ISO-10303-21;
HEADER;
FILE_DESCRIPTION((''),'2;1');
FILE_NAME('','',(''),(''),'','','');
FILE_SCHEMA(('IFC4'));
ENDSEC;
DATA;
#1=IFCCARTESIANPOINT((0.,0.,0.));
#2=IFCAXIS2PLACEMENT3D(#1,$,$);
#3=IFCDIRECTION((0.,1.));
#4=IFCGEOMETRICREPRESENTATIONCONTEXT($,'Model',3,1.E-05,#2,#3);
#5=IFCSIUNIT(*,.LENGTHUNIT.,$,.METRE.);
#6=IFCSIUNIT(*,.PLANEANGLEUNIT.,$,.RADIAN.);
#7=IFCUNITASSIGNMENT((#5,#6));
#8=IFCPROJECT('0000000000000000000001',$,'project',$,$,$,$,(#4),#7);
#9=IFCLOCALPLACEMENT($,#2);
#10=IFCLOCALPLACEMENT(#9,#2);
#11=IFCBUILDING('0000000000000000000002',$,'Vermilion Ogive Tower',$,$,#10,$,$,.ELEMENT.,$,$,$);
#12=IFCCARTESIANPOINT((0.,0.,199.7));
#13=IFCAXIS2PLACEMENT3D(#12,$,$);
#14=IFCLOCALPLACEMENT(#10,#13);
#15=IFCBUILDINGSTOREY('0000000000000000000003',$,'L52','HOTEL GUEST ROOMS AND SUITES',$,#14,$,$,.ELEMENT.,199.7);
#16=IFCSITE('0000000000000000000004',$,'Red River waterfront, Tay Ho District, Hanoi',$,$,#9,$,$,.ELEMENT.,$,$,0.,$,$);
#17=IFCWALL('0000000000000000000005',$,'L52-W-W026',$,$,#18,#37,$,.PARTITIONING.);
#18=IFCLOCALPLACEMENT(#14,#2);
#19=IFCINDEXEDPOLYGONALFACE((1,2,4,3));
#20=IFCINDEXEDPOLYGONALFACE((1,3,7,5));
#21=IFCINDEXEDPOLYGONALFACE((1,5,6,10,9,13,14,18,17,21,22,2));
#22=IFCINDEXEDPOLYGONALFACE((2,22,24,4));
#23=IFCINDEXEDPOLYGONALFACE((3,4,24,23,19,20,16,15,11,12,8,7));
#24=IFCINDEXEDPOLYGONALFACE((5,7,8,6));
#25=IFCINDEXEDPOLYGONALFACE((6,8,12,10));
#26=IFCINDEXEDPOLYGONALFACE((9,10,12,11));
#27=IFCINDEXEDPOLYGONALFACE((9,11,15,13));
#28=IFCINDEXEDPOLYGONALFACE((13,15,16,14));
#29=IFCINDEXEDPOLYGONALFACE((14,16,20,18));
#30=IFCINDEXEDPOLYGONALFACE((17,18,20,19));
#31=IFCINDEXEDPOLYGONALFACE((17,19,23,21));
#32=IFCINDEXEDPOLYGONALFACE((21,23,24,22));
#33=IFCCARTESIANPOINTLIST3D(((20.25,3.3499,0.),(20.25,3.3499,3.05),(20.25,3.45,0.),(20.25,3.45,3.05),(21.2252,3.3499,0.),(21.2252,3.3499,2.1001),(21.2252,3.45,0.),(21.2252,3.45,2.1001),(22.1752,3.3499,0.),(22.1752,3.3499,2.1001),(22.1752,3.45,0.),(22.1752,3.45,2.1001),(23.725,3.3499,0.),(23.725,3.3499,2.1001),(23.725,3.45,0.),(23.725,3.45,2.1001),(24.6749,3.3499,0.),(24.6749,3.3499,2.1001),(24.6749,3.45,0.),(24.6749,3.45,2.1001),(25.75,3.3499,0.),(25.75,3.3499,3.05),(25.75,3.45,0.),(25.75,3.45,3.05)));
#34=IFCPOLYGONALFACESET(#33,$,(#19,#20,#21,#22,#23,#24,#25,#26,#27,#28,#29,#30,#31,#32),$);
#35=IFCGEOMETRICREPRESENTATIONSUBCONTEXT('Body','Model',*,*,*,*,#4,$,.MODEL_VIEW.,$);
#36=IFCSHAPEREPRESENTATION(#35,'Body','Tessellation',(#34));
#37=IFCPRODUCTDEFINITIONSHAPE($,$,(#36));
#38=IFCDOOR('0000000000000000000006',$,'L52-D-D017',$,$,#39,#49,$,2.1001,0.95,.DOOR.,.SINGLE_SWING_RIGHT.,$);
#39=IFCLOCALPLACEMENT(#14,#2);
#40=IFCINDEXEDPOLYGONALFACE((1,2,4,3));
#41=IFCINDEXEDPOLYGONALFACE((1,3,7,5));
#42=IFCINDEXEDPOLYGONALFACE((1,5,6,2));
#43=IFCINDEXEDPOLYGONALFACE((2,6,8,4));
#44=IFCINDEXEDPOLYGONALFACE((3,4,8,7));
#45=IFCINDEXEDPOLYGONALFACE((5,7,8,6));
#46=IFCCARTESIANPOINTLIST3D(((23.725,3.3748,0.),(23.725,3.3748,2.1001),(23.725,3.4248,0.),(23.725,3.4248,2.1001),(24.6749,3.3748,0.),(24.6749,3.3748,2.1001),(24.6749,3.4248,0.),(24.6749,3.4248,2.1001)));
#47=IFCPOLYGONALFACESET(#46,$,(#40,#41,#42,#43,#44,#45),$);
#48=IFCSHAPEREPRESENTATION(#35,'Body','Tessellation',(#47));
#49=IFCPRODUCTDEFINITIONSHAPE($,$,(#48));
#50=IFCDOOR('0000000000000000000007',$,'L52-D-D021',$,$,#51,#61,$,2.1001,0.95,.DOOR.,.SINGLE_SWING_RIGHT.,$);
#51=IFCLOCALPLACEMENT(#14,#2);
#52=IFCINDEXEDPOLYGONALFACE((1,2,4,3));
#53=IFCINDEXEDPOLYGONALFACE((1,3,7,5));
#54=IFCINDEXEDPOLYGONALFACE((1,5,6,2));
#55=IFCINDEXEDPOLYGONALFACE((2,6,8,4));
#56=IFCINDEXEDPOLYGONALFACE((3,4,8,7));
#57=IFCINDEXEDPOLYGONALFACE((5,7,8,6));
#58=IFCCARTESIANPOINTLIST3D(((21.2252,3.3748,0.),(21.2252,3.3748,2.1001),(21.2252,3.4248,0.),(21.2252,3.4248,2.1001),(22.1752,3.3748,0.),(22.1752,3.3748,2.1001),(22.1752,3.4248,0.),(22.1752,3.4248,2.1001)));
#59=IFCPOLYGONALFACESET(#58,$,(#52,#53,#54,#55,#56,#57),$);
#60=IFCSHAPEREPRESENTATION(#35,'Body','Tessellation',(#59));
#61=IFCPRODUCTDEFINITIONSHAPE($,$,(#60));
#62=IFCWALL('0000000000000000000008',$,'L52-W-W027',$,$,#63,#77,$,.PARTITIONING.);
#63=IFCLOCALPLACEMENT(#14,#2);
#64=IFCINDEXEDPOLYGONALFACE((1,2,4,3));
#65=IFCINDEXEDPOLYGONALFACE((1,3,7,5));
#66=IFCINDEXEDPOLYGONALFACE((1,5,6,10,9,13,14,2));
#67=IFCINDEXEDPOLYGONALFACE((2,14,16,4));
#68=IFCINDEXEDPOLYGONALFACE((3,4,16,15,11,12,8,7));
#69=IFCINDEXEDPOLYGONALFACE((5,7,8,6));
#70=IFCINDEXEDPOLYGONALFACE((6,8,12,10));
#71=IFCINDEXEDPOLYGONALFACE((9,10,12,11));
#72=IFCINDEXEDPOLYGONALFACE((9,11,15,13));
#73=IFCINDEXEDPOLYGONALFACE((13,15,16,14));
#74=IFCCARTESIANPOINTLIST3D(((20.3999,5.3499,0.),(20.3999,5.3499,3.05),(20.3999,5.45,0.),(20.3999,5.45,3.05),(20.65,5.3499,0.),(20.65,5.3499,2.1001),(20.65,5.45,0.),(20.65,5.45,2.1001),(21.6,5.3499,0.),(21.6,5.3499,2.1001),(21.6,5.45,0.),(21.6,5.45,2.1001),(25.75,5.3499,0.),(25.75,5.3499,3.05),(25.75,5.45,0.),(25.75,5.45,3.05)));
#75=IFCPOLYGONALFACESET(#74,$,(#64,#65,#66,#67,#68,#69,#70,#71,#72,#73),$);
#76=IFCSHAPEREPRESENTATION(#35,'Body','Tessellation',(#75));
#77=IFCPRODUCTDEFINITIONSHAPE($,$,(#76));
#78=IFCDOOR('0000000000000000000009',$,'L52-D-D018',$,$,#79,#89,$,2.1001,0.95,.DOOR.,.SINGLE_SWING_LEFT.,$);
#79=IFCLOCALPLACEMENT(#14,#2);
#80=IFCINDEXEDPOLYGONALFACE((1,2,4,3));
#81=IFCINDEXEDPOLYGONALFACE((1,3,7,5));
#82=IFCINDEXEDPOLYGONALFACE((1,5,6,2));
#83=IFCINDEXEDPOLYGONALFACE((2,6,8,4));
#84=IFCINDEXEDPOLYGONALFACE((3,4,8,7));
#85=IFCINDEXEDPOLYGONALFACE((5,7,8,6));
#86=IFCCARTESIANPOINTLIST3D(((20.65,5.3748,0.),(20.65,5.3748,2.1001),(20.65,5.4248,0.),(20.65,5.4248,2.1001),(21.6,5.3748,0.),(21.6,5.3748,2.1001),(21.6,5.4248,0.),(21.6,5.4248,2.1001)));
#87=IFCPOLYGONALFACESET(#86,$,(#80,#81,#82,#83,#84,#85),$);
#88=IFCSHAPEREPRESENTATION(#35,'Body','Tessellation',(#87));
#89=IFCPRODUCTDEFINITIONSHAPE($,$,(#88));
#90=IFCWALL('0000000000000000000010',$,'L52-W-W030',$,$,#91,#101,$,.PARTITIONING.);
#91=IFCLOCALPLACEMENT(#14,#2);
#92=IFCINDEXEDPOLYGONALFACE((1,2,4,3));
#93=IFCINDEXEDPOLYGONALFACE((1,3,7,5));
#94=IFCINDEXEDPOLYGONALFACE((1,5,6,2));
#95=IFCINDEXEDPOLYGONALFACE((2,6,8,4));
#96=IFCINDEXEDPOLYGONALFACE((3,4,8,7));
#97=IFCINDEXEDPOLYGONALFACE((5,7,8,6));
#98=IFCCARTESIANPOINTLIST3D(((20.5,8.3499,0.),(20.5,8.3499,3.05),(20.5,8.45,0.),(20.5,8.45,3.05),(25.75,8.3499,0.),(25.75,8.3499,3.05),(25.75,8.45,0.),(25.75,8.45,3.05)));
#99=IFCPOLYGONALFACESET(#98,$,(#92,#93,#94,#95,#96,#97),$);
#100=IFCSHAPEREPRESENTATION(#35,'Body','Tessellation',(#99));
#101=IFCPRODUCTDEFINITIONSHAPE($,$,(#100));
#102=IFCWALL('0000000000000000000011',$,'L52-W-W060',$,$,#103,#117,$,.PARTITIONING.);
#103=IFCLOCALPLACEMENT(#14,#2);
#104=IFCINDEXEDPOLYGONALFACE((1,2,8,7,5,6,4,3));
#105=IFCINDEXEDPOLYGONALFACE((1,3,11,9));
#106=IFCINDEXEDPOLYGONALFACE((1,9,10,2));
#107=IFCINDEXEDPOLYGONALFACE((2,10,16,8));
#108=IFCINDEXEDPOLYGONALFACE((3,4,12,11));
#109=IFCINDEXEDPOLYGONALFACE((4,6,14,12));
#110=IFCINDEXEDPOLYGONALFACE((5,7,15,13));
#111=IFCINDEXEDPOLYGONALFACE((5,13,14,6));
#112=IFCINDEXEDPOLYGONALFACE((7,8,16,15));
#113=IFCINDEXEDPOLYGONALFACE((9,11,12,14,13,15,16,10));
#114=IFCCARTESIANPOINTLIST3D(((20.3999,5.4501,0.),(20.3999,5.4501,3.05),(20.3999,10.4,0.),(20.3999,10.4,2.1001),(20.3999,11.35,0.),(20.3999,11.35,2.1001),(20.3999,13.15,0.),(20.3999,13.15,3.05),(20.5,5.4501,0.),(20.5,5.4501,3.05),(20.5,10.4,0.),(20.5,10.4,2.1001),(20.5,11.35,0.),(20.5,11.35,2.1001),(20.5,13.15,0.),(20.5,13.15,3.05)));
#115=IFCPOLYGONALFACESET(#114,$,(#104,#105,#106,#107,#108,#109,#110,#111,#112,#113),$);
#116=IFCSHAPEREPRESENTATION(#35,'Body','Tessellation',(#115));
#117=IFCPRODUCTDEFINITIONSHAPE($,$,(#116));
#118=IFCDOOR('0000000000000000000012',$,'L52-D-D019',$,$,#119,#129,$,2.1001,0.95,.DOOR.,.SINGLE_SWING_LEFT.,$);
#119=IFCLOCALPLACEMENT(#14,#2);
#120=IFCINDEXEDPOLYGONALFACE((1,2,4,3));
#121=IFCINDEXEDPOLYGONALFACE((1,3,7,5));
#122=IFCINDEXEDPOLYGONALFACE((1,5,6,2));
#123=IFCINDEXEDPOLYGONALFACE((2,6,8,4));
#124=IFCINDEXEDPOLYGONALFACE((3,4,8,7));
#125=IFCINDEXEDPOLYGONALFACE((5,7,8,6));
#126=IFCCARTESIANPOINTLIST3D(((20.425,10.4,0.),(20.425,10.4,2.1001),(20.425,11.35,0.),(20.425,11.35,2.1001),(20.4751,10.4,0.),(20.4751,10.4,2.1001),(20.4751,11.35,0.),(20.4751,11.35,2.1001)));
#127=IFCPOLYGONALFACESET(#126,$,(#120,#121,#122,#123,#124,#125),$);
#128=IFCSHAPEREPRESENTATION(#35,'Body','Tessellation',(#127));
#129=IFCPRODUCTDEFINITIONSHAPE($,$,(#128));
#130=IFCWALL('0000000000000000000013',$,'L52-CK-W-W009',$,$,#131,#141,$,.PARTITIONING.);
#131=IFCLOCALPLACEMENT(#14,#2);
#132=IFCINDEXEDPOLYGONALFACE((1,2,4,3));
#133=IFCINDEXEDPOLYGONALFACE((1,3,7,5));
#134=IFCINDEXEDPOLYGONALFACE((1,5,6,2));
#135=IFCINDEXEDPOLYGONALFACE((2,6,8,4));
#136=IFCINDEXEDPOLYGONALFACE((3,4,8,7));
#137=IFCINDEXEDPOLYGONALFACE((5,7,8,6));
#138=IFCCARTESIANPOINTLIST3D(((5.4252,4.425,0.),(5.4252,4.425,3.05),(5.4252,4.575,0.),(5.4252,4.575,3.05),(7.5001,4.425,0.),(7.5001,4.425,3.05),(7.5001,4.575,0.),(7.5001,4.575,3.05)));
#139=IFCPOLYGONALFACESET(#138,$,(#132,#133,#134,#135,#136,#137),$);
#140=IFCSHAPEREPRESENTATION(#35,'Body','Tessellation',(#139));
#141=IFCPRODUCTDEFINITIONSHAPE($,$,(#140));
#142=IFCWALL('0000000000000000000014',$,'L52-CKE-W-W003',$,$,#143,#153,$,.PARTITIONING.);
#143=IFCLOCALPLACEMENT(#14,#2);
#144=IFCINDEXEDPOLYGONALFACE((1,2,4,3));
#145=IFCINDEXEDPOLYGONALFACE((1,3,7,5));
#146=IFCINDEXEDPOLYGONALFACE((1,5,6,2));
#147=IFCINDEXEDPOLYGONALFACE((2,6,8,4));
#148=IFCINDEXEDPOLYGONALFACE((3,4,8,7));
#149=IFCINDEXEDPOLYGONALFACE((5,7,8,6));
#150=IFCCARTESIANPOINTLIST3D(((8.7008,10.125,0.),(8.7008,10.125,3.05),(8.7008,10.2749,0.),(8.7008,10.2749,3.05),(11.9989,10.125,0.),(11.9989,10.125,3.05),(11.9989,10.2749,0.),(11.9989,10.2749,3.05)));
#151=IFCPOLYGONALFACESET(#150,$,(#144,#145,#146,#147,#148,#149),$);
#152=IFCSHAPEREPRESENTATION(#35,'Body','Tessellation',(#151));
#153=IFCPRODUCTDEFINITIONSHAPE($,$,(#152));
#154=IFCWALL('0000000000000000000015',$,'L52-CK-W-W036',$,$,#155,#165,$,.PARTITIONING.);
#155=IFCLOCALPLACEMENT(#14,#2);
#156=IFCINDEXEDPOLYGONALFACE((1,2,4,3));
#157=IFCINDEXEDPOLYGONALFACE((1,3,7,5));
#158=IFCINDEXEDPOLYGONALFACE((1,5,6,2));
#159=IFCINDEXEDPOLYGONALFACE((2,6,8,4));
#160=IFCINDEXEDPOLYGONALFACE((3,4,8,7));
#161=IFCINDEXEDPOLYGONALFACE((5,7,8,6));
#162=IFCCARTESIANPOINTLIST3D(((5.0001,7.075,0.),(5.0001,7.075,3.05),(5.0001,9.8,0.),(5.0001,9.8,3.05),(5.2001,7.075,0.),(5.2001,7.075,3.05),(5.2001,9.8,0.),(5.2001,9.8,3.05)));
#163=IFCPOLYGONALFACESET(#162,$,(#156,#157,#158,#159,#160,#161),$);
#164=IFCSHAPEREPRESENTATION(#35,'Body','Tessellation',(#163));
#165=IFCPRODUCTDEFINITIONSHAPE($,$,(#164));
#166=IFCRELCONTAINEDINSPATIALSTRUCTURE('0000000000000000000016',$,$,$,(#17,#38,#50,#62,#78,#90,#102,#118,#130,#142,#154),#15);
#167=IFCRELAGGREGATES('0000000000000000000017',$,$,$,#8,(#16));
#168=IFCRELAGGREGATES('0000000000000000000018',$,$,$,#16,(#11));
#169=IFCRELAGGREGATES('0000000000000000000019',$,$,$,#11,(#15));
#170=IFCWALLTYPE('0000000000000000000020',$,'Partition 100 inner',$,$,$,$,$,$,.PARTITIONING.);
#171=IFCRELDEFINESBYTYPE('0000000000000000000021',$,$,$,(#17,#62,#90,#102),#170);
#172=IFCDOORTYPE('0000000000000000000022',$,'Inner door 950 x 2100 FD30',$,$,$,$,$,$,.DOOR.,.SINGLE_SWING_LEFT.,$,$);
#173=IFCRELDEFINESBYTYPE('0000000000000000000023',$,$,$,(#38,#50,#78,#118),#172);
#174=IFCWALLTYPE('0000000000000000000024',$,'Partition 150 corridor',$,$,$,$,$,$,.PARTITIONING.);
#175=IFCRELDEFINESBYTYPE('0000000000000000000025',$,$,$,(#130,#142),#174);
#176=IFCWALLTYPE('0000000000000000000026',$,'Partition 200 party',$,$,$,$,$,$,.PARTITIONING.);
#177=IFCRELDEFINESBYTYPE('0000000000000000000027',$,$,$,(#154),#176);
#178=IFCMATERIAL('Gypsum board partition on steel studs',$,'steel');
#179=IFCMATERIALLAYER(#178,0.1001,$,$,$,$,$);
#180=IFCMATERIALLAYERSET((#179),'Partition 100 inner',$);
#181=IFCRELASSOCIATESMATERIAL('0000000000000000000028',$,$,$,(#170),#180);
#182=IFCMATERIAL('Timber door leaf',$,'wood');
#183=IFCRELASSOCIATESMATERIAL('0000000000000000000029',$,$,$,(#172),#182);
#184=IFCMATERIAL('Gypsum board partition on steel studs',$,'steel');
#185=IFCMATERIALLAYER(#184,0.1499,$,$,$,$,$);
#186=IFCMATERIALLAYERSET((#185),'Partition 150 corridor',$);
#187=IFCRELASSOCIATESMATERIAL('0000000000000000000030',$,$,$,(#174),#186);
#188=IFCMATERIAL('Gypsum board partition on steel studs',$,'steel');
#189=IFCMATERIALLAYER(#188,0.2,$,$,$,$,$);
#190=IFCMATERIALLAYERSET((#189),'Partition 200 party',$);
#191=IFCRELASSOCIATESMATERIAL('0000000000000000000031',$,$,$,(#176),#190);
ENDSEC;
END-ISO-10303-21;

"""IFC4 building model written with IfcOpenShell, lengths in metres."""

from ifc_helpers import new_model, si_unit, direction, frame, frame_2d, origin, place, context, subcontext, project, spatial, rectangle, extrude, material, layer, layer_set, type_object, element, fill, save


model = new_model("IFC4")

# Units and contexts
model_context = context("Model", 3, precision=1e-05, world=origin(), true_north=direction((0.0, 1.0)))
body_context = subcontext(model_context, "Body", "Model", "MODEL_VIEW")
ifc_project = project(units=[si_unit("LENGTHUNIT", "METRE"), si_unit("PLANEANGLEUNIT", "RADIAN")], contexts=[model_context])

# Site, building, storey
site_placement = place(None, origin())
site = spatial("IfcSite", under=ifc_project, at=site_placement, Name="Red River waterfront, Tay Ho District, Hanoi", CompositionType="ELEMENT", RefElevation=0.0)
building_placement = place(site_placement, origin())
building = spatial("IfcBuilding", under=site, at=building_placement, Name="Vermilion Ogive Tower", CompositionType="ELEMENT")
storey_placement = place(building_placement, frame((0.0, 0.0, 199.7)))
storey = spatial("IfcBuildingStorey", under=building, at=storey_placement, Name="L52", Description="HOTEL GUEST ROOMS AND SUITES", CompositionType="ELEMENT", Elevation=199.7)

# Wall, openings, doors
ifc_material_1 = material(Name="Gypsum board partition on steel studs", Category="steel")
ifc_layer_1 = layer(ifc_material_1, 0.1001)
ifc_layer_set_1 = layer_set([ifc_layer_1], Name="Partition 100 inner")
wall_type_1 = type_object("IfcWallType", Name="Partition 100 inner", PredefinedType="PARTITIONING", material=ifc_layer_set_1)
wall_1_placement = place(storey_placement, frame((20.25, 3.3999, 0.0), z_axis=(0.0, 0.0, 1.0), x_axis=(1.0, 0.0, 0.0)))
wall_1 = element("IfcWall", 1, at=wall_1_placement, inside=storey, type_object=wall_type_1, Name="L52-W-W026", PredefinedType="PARTITIONING", context=body_context, shape_type="SweptSolid", body=[
    extrude(rectangle(XDim=5.5, YDim=0.1001, at=frame_2d((2.75, 0.0))), origin(), (0.0, 0.0, 1.0), 3.05),
])
opening_1_placement = place(wall_1_placement, frame((3.4749, 0.0, 0.0)))
opening_1 = element("IfcOpeningElement", 2, at=opening_1_placement, cuts=wall_1, PredefinedType="OPENING", context=body_context, shape_type="SweptSolid", body=[
    extrude(rectangle(XDim=0.95, YDim=2.1001, at=frame_2d((0.4751, 1.05))), frame((0.0, 0.0601, 0.0), z_axis=(0.0, -1.0, 0.0), x_axis=(1.0, 0.0, 0.0)), (0.0, 0.0, 1.0), 0.1201),
])
opening_2_placement = place(wall_1_placement, frame((0.9751, 0.0, 0.0)))
opening_2 = element("IfcOpeningElement", 3, at=opening_2_placement, cuts=wall_1, PredefinedType="OPENING", context=body_context, shape_type="SweptSolid", body=[
    extrude(rectangle(XDim=0.95, YDim=2.1001, at=frame_2d((0.4751, 1.05))), frame((0.0, 0.0601, 0.0), z_axis=(0.0, -1.0, 0.0), x_axis=(1.0, 0.0, 0.0)), (0.0, 0.0, 1.0), 0.1201),
])
ifc_material_2 = material(Name="Timber door leaf", Category="wood")
door_type = type_object("IfcDoorType", Name="Inner door 950 x 2100 FD30", OperationType="SINGLE_SWING_LEFT", PredefinedType="DOOR", material=ifc_material_2)
door_1_placement = place(opening_1_placement, origin())
door_1 = element("IfcDoor", 4, at=door_1_placement, inside=storey, type_object=door_type, Name="L52-D-D017", OperationType="SINGLE_SWING_RIGHT", OverallHeight=2.1001, OverallWidth=0.95, PredefinedType="DOOR", context=body_context, shape_type="SweptSolid", body=[
    extrude(rectangle(XDim=0.95, YDim=2.1001, at=frame_2d((0.4751, 1.05))), frame((0.0, 0.0249, 0.0), z_axis=(0.0, -1.0, 0.0), x_axis=(1.0, 0.0, 0.0)), (0.0, 0.0, 1.0), 0.05),
])
fill(opening_1, door_1)
door_2_placement = place(opening_2_placement, origin())
door_2 = element("IfcDoor", 5, at=door_2_placement, inside=storey, type_object=door_type, Name="L52-D-D021", OperationType="SINGLE_SWING_RIGHT", OverallHeight=2.1001, OverallWidth=0.95, PredefinedType="DOOR", context=body_context, shape_type="SweptSolid", body=[
    extrude(rectangle(XDim=0.95, YDim=2.1001, at=frame_2d((0.4751, 1.05))), frame((0.0, 0.0249, 0.0), z_axis=(0.0, -1.0, 0.0), x_axis=(1.0, 0.0, 0.0)), (0.0, 0.0, 1.0), 0.05),
])
fill(opening_2, door_2)

# Wall, opening, door
wall_2_placement = place(storey_placement, frame((20.3999, 5.3999, 0.0), z_axis=(0.0, 0.0, 1.0), x_axis=(1.0, 0.0, 0.0)))
wall_2 = element("IfcWall", 6, at=wall_2_placement, inside=storey, type_object=wall_type_1, Name="L52-W-W027", PredefinedType="PARTITIONING", context=body_context, shape_type="SweptSolid", body=[
    extrude(rectangle(XDim=5.3501, YDim=0.1001, at=frame_2d((2.675, 0.0))), origin(), (0.0, 0.0, 1.0), 3.05),
])
opening_3_placement = place(wall_2_placement, frame((0.25, 0.0, 0.0)))
opening_3 = element("IfcOpeningElement", 7, at=opening_3_placement, cuts=wall_2, PredefinedType="OPENING", context=body_context, shape_type="SweptSolid", body=[
    extrude(rectangle(XDim=0.95, YDim=2.1001, at=frame_2d((0.4751, 1.05))), frame((0.0, 0.0601, 0.0), z_axis=(0.0, -1.0, 0.0), x_axis=(1.0, 0.0, 0.0)), (0.0, 0.0, 1.0), 0.1201),
])
door_3_placement = place(opening_3_placement, origin())
door_3 = element("IfcDoor", 8, at=door_3_placement, inside=storey, type_object=door_type, Name="L52-D-D018", OperationType="SINGLE_SWING_LEFT", OverallHeight=2.1001, OverallWidth=0.95, PredefinedType="DOOR", context=body_context, shape_type="SweptSolid", body=[
    extrude(rectangle(XDim=0.95, YDim=2.1001, at=frame_2d((0.4751, 1.05))), frame((0.0, 0.0249, 0.0), z_axis=(0.0, -1.0, 0.0), x_axis=(1.0, 0.0, 0.0)), (0.0, 0.0, 1.0), 0.05),
])
fill(opening_3, door_3)

# Wall
wall_3_placement = place(storey_placement, frame((20.5, 8.3999, 0.0), z_axis=(0.0, 0.0, 1.0), x_axis=(1.0, 0.0, 0.0)))
element("IfcWall", 9, at=wall_3_placement, inside=storey, type_object=wall_type_1, Name="L52-W-W030", PredefinedType="PARTITIONING", context=body_context, shape_type="SweptSolid", body=[
    extrude(rectangle(XDim=5.25, YDim=0.1001, at=frame_2d((2.625, 0.0))), origin(), (0.0, 0.0, 1.0), 3.05),
])

# Wall, opening, door
wall_4_placement = place(storey_placement, frame((20.45, 5.45, 0.0), z_axis=(0.0, 0.0, 1.0), x_axis=(0.0, 1.0, 0.0)))
wall_4 = element("IfcWall", 10, at=wall_4_placement, inside=storey, type_object=wall_type_1, Name="L52-W-W060", PredefinedType="PARTITIONING", context=body_context, shape_type="SweptSolid", body=[
    extrude(rectangle(XDim=7.7, YDim=0.1001, at=frame_2d((3.8501, 0.0))), origin(), (0.0, 0.0, 1.0), 3.05),
])
opening_4_placement = place(wall_4_placement, frame((4.95, 0.0, 0.0)))
opening_4 = element("IfcOpeningElement", 11, at=opening_4_placement, cuts=wall_4, PredefinedType="OPENING", context=body_context, shape_type="SweptSolid", body=[
    extrude(rectangle(XDim=0.95, YDim=2.1001, at=frame_2d((0.4751, 1.05))), frame((0.0, 0.0601, 0.0), z_axis=(0.0, -1.0, 0.0), x_axis=(1.0, 0.0, 0.0)), (0.0, 0.0, 1.0), 0.1201),
])
door_4_placement = place(opening_4_placement, origin())
door_4 = element("IfcDoor", 12, at=door_4_placement, inside=storey, type_object=door_type, Name="L52-D-D019", OperationType="SINGLE_SWING_LEFT", OverallHeight=2.1001, OverallWidth=0.95, PredefinedType="DOOR", context=body_context, shape_type="SweptSolid", body=[
    extrude(rectangle(XDim=0.95, YDim=2.1001, at=frame_2d((0.4751, 1.05))), frame((0.0, 0.0249, 0.0), z_axis=(0.0, -1.0, 0.0), x_axis=(1.0, 0.0, 0.0)), (0.0, 0.0, 1.0), 0.05),
])
fill(opening_4, door_4)

# Walls
ifc_material_3 = material(Name="Gypsum board partition on steel studs", Category="steel")
ifc_layer_2 = layer(ifc_material_3, 0.1499)
ifc_layer_set_2 = layer_set([ifc_layer_2], Name="Partition 150 corridor")
wall_type_2 = type_object("IfcWallType", Name="Partition 150 corridor", PredefinedType="PARTITIONING", material=ifc_layer_set_2)
wall_5_placement = place(storey_placement, frame((5.425, 4.5, 0.0), z_axis=(0.0, 0.0, 1.0), x_axis=(1.0, 0.0, 0.0)))
element("IfcWall", 13, at=wall_5_placement, inside=storey, type_object=wall_type_2, Name="L52-CK-W-W009", PredefinedType="PARTITIONING", context=body_context, shape_type="SweptSolid", body=[
    extrude(rectangle(XDim=2.075, YDim=0.1499, at=frame_2d((1.0376, 0.0))), origin(), (0.0, 0.0, 1.0), 3.05),
])
wall_6_placement = place(storey_placement, frame((8.7009, 10.2, 0.0), z_axis=(0.0, 0.0, 1.0), x_axis=(1.0, 0.0, 0.0)))
element("IfcWall", 14, at=wall_6_placement, inside=storey, type_object=wall_type_2, Name="L52-CKE-W-W003", PredefinedType="PARTITIONING", context=body_context, shape_type="SweptSolid", body=[
    extrude(rectangle(XDim=3.2981, YDim=0.1499, at=frame_2d((1.6489, 0.0))), origin(), (0.0, 0.0, 1.0), 3.05),
])
ifc_material_4 = material(Name="Gypsum board partition on steel studs", Category="steel")
ifc_layer_3 = layer(ifc_material_4, 0.2)
ifc_layer_set_3 = layer_set([ifc_layer_3], Name="Partition 200 party")
wall_type_3 = type_object("IfcWallType", Name="Partition 200 party", PredefinedType="PARTITIONING", material=ifc_layer_set_3)
wall_7_placement = place(storey_placement, frame((5.1001, 7.075, 0.0), z_axis=(0.0, 0.0, 1.0), x_axis=(0.0, 1.0, 0.0)))
element("IfcWall", 15, at=wall_7_placement, inside=storey, type_object=wall_type_3, Name="L52-CK-W-W036", PredefinedType="PARTITIONING", context=body_context, shape_type="SweptSolid", body=[
    extrude(rectangle(XDim=2.7251, YDim=0.2, at=frame_2d((1.3625, 0.0))), origin(), (0.0, 0.0, 1.0), 3.05),
])

save(model, "model.ifc")
